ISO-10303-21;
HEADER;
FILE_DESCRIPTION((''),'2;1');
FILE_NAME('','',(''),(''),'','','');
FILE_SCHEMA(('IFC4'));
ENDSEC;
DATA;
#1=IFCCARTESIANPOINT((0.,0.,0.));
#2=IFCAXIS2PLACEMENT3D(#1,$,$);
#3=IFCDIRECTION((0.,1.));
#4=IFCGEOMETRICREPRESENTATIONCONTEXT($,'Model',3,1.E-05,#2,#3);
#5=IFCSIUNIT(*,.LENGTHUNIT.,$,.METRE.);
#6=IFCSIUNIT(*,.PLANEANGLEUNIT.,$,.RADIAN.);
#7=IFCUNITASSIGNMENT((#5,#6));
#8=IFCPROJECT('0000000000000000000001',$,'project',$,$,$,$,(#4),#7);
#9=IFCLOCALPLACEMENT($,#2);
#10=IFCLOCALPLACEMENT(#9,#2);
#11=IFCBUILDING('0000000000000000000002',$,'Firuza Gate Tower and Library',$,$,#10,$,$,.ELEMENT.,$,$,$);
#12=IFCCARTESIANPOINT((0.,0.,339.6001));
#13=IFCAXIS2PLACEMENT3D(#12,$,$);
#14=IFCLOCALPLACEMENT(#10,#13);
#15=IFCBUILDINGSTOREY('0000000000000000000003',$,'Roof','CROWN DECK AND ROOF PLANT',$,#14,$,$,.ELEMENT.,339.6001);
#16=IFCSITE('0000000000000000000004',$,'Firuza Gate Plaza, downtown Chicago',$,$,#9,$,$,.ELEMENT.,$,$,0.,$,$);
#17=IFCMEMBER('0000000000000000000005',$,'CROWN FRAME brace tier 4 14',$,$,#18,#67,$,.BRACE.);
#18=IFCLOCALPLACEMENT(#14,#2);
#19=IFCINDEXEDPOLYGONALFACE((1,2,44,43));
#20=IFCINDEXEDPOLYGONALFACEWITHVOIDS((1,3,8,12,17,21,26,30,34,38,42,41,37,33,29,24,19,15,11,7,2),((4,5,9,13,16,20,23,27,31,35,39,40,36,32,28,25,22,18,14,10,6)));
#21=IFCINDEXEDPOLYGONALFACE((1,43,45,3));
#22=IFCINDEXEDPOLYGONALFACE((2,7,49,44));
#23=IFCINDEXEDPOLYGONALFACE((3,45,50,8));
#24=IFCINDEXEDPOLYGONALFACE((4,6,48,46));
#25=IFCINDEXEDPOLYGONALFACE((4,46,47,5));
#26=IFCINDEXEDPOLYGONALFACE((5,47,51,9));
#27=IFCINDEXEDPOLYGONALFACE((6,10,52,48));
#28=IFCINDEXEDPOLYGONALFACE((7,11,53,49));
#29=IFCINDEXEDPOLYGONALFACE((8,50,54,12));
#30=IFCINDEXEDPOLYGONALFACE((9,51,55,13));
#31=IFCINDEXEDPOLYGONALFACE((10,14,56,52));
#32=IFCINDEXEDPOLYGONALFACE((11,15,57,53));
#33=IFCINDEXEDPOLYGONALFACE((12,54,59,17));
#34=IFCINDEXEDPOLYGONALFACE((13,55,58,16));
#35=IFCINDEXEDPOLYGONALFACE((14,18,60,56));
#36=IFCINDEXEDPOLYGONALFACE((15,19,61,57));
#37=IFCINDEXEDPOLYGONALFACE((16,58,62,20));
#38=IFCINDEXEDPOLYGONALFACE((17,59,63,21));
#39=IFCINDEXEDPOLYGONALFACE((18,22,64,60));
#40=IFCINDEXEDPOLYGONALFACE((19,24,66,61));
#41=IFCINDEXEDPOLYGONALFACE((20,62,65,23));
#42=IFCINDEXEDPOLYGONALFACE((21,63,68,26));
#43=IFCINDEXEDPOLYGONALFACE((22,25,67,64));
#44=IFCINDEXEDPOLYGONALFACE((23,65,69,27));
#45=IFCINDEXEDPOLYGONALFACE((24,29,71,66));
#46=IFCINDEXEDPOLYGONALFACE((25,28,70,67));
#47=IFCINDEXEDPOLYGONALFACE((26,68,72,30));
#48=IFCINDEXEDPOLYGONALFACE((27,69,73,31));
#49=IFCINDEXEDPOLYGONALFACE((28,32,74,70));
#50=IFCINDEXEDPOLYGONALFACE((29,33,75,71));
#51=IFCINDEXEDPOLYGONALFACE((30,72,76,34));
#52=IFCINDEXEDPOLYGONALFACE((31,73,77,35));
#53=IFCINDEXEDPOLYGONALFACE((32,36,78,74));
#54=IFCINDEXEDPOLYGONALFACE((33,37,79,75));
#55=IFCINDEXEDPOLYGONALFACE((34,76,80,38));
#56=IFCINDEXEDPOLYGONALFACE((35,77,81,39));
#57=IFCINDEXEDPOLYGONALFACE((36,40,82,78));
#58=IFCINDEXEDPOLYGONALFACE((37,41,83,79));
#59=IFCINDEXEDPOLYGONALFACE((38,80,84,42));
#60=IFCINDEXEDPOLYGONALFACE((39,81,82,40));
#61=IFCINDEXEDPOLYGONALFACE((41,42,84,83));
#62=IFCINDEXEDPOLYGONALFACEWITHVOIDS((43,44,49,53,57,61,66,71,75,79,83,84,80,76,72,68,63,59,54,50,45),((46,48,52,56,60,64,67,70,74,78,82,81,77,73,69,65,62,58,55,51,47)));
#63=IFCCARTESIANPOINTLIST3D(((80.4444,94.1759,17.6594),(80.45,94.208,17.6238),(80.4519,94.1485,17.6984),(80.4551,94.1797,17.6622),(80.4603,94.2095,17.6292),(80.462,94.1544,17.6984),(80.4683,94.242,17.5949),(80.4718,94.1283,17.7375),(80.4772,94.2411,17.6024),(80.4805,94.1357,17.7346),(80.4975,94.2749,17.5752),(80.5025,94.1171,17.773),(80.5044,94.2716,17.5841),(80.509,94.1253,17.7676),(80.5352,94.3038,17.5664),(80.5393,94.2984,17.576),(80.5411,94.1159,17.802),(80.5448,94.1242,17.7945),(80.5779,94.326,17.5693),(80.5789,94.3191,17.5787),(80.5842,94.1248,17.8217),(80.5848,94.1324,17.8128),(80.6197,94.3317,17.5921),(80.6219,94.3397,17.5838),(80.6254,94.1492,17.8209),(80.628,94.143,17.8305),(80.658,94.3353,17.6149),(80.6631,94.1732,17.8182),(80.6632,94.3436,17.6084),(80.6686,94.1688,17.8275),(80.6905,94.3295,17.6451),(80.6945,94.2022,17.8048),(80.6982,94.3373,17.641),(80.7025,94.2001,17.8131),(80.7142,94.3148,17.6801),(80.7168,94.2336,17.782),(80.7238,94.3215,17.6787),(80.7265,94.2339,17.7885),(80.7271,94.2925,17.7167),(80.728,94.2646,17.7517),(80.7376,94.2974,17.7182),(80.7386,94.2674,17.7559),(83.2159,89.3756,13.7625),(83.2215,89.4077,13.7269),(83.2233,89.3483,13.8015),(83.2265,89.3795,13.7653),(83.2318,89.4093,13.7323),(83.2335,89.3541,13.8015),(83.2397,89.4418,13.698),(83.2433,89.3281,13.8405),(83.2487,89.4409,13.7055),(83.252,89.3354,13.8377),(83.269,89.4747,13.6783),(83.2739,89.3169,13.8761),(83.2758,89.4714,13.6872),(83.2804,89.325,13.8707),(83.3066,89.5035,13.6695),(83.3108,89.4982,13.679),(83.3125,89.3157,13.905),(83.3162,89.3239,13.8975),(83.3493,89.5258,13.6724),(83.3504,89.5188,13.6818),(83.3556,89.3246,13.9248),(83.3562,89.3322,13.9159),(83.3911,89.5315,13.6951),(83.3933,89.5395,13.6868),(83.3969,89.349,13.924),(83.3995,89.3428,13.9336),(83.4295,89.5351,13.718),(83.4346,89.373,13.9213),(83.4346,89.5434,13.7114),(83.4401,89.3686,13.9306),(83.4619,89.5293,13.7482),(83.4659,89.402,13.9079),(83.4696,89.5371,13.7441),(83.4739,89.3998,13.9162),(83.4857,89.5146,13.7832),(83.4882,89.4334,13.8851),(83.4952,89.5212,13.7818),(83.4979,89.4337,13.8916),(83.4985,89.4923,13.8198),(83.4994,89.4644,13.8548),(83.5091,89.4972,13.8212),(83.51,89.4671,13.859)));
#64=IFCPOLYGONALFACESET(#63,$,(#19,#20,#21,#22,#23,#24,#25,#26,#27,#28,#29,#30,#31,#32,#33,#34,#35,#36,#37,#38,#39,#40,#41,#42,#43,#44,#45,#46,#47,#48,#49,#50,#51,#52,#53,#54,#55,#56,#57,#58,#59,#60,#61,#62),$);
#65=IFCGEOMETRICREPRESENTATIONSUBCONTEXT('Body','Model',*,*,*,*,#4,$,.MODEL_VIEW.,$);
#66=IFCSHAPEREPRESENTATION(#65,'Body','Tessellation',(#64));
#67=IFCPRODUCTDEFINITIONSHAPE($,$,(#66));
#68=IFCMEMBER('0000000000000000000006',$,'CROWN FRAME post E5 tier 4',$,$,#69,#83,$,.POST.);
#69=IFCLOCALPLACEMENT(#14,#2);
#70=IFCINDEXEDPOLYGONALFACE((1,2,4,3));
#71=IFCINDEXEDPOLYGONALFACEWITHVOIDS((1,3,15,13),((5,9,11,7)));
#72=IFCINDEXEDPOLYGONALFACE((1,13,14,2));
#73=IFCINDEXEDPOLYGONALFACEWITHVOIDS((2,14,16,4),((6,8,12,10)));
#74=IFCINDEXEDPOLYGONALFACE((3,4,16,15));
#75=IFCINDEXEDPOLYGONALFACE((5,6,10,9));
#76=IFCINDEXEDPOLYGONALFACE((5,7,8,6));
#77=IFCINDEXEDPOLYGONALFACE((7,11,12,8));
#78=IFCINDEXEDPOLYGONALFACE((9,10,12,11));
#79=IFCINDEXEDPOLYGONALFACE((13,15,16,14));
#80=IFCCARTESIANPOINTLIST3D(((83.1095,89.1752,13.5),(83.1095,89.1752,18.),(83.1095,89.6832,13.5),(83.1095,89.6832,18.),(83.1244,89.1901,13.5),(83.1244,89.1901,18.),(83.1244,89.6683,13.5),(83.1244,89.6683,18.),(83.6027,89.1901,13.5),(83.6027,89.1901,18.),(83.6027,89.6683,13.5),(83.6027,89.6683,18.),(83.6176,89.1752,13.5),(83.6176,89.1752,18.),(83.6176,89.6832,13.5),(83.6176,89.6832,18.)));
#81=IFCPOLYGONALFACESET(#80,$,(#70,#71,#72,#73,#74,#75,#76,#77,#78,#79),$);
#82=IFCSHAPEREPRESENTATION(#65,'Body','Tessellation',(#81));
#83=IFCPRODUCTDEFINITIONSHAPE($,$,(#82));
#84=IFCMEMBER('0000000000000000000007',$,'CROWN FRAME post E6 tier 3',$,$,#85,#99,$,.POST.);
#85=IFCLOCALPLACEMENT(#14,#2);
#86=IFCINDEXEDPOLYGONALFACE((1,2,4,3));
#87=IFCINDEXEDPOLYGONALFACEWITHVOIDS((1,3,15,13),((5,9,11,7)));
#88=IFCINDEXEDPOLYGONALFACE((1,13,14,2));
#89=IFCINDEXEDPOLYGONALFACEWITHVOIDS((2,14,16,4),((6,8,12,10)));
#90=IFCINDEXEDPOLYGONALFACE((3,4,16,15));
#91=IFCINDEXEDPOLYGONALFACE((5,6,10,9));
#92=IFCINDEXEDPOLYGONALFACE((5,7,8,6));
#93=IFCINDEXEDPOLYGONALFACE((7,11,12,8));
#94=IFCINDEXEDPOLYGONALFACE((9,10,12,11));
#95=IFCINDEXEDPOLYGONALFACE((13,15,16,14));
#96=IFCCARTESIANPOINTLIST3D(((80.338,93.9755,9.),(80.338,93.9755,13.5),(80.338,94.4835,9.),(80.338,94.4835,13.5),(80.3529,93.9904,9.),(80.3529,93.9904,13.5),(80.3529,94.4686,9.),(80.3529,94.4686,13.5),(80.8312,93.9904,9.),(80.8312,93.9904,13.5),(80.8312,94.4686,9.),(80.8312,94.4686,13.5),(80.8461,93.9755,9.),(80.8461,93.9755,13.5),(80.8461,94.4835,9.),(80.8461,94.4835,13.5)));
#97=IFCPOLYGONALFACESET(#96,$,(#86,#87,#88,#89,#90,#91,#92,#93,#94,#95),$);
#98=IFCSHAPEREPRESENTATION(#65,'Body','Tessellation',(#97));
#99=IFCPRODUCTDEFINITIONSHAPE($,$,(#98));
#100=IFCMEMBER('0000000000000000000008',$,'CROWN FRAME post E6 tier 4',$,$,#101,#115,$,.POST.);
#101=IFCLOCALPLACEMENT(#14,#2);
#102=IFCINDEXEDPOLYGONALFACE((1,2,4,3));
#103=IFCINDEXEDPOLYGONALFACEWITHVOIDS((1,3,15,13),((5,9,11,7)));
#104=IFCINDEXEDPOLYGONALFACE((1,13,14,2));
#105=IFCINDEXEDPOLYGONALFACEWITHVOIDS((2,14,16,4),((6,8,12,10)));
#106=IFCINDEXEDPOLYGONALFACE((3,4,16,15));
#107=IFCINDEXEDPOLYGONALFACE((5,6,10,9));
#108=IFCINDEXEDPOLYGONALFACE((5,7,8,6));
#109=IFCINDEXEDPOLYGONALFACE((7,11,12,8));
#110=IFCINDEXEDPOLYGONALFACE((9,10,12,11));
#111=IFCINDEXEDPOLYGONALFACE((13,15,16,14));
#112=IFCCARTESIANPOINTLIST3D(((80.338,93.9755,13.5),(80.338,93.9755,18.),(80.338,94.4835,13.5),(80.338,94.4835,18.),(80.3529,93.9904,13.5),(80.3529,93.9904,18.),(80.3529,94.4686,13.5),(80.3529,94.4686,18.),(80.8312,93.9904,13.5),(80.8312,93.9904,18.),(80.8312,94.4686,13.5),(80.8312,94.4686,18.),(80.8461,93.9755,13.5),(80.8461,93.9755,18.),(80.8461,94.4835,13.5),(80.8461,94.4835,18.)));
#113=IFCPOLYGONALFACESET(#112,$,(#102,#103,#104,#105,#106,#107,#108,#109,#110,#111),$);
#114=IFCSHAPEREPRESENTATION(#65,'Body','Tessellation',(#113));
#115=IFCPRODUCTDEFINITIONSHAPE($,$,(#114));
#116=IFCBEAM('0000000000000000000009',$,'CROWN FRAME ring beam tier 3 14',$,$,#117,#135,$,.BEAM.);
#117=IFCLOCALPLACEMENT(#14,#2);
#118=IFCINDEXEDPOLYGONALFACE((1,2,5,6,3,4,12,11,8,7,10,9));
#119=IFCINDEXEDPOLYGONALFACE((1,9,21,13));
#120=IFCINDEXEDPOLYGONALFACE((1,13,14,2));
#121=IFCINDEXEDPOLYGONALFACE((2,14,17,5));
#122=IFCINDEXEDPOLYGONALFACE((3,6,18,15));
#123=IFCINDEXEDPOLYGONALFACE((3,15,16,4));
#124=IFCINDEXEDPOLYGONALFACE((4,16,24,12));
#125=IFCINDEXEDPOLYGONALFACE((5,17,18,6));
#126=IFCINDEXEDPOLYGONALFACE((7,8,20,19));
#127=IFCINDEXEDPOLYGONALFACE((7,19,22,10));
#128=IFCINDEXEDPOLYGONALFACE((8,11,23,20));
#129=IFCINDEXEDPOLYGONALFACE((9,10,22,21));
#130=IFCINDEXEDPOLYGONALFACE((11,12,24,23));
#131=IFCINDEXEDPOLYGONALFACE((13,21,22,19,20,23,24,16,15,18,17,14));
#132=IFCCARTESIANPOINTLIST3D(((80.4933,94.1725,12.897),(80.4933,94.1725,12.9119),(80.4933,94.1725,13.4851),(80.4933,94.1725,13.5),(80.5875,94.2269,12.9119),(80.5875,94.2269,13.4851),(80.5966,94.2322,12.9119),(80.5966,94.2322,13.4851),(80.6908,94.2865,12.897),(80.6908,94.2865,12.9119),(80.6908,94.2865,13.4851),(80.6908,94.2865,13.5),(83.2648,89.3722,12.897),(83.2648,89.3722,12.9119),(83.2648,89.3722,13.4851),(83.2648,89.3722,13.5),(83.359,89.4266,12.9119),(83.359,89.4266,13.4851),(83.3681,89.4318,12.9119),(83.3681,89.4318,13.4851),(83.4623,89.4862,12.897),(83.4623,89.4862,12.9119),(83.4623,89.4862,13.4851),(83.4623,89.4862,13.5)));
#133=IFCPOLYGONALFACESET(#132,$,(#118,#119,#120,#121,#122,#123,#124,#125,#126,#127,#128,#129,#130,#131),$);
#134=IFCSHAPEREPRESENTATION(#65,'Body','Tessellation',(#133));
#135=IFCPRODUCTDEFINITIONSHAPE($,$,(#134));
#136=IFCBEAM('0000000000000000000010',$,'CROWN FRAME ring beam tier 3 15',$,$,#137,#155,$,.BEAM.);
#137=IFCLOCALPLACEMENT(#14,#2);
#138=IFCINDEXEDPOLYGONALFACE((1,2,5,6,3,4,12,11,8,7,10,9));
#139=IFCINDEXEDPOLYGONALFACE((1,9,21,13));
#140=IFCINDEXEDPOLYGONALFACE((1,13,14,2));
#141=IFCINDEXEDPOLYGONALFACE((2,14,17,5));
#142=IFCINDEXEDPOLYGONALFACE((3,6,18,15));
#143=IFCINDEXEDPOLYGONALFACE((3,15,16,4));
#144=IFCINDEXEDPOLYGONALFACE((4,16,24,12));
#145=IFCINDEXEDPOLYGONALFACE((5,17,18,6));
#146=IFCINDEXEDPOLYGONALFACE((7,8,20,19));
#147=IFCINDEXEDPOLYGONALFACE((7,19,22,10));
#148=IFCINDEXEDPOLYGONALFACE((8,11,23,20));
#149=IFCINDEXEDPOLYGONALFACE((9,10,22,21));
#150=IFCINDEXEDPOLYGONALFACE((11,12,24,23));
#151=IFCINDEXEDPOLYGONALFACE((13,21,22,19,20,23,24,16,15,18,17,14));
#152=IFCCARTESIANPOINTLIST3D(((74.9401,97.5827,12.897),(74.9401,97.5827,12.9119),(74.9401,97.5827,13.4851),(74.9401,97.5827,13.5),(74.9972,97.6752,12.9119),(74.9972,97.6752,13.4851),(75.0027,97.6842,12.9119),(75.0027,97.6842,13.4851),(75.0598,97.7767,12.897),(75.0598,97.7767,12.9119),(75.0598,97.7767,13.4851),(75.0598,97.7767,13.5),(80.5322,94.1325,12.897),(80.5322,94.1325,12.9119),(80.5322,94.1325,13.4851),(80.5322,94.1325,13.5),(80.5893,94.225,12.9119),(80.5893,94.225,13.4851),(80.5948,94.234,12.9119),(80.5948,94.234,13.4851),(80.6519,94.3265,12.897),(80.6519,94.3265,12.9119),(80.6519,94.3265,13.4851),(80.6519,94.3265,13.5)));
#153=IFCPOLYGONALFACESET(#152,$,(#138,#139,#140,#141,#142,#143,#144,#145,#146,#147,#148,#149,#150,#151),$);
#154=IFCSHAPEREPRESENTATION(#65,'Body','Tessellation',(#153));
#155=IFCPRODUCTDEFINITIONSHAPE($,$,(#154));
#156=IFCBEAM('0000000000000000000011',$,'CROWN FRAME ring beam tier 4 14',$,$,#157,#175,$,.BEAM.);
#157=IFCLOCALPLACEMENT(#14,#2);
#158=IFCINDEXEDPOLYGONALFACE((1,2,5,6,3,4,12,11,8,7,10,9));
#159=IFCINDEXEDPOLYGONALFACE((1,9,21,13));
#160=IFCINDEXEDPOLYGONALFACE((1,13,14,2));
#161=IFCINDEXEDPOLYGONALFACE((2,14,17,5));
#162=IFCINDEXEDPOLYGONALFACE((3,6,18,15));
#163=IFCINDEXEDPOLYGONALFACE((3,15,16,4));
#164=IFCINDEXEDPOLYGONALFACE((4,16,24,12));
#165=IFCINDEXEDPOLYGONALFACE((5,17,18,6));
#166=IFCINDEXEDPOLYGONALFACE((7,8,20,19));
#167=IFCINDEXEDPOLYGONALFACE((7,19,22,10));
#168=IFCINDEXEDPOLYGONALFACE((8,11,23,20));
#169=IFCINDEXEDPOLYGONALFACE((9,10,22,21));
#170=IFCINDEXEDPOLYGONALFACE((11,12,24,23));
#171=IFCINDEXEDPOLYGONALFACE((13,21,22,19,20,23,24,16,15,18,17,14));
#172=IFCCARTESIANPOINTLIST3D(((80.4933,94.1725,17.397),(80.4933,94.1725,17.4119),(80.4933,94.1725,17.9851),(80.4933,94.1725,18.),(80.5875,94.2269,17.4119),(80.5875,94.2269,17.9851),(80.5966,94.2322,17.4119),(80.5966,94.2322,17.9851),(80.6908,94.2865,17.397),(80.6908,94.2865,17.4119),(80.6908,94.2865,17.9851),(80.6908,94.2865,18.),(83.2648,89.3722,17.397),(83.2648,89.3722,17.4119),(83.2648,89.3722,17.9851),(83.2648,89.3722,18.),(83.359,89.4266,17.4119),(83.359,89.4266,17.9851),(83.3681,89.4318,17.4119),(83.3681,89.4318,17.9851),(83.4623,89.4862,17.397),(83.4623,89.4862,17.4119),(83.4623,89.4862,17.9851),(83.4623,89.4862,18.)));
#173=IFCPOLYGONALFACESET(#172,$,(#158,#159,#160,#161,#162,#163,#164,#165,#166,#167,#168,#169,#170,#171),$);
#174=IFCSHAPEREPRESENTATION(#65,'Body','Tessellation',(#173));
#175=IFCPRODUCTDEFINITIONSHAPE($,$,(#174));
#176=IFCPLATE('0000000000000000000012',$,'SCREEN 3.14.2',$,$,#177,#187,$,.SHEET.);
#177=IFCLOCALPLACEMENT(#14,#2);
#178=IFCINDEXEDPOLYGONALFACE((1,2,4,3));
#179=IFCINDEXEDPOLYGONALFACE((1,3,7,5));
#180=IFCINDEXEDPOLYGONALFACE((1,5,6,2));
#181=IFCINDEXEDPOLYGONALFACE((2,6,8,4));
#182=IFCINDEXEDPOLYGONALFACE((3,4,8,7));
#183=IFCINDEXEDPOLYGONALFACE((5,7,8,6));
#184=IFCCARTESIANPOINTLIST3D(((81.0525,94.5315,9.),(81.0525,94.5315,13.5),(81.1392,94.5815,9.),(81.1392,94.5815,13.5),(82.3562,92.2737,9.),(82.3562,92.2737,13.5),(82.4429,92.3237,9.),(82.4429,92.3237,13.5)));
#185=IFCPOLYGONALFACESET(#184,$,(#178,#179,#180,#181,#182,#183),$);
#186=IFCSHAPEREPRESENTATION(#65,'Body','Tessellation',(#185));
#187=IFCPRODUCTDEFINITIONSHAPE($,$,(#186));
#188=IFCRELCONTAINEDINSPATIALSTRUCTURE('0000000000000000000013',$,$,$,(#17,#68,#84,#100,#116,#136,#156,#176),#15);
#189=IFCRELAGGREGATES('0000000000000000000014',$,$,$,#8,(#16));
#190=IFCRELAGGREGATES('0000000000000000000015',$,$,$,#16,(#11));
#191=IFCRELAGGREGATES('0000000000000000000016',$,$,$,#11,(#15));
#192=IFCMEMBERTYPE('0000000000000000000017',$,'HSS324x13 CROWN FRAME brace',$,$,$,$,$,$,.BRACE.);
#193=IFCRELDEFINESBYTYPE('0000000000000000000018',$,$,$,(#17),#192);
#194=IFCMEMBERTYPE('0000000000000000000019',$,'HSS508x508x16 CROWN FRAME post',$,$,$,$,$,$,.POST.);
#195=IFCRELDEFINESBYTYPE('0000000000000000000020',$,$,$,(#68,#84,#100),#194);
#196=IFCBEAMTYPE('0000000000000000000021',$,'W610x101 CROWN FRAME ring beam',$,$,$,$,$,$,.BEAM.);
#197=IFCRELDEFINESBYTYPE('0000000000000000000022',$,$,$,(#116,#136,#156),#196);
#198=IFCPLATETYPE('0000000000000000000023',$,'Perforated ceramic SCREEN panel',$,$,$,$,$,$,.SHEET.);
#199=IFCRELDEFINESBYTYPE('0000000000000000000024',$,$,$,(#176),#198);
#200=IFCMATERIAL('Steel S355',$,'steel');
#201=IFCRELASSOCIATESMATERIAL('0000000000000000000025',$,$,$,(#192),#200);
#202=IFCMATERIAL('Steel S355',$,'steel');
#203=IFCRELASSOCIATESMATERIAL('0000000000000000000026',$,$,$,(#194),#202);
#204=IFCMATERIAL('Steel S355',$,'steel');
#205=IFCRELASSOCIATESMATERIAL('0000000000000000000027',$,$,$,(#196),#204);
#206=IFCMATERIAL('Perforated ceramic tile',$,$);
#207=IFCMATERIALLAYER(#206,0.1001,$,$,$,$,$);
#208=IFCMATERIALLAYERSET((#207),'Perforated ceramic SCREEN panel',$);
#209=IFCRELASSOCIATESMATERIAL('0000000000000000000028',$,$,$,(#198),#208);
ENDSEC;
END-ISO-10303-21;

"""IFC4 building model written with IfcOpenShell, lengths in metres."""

from ifc_helpers import new_model, si_unit, direction, frame, origin, origin_2d, place, context, subcontext, project, spatial, polyline, hollow_rectangle, hollow_circle, i_section, outline, extrude, material, layer, layer_set, material_profile, profile_set, type_object, element, save


model = new_model("IFC4")

# Units and contexts
model_context = context("Model", 3, precision=1e-05, world=origin(), true_north=direction((0.0, 1.0)))
body_context = subcontext(model_context, "Body", "Model", "MODEL_VIEW")
ifc_project = project(units=[si_unit("LENGTHUNIT", "METRE"), si_unit("PLANEANGLEUNIT", "RADIAN")], contexts=[model_context])

# Site, building, storey
site_placement = place(None, origin())
site = spatial("IfcSite", under=ifc_project, at=site_placement, Name="Firuza Gate Plaza, downtown Chicago", CompositionType="ELEMENT", RefElevation=0.0)
building_placement = place(site_placement, origin())
building = spatial("IfcBuilding", under=site, at=building_placement, Name="Firuza Gate Tower and Library", CompositionType="ELEMENT")
storey_placement = place(building_placement, frame((0.0, 0.0, 339.6001)))
storey = spatial("IfcBuildingStorey", under=building, at=storey_placement, Name="Roof", Description="CROWN DECK AND ROOF PLANT", CompositionType="ELEMENT", Elevation=339.6001)

# Members
ifc_material_1 = material(Name="Steel S355", Category="steel")
ifc_material_profile_1 = material_profile(ifc_material_1, hollow_circle(Radius=0.1619, WallThickness=0.0117, at=origin_2d()))
ifc_profile_set_1 = profile_set([ifc_material_profile_1], Name="Steel S355")
member_type_1 = type_object("IfcMemberType", Name="HSS324x13 CROWN FRAME brace", PredefinedType="BRACE", material=ifc_profile_set_1)
for number, where, z_axis, x_axis, name in (
    (1, (83.3635, 89.4292, 13.8015), (-0.409032, 0.708455, 0.575138), (-0.866023, -0.500005, 0.0), "CROWN FRAME brace tier 4 14"),
):
    element("IfcMember", number, at=place(storey_placement, frame(where, z_axis=z_axis, x_axis=x_axis)), inside=storey, type_object=member_type_1, Name=name, PredefinedType="BRACE", context=body_context, shape_type="SweptSolid", body=[
        extrude(hollow_circle(Radius=0.1619, WallThickness=0.0117, at=origin_2d()), origin(), (0.0, 0.0, 1.0), 6.7756),
    ])
ifc_material_2 = material(Name="Steel S355", Category="steel")
ifc_material_profile_2 = material_profile(ifc_material_2, hollow_rectangle(XDim=0.5081, YDim=0.5081, WallThickness=0.0149, at=origin_2d()))
ifc_profile_set_2 = profile_set([ifc_material_profile_2], Name="Steel S355")
member_type_2 = type_object("IfcMemberType", Name="HSS508x508x16 CROWN FRAME post", PredefinedType="POST", material=ifc_profile_set_2)
for number, where, z_axis, x_axis, name in (
    (2, (83.3635, 89.4292, 13.5), (0.0, 0.0, 1.0), (1.0, 0.0, 0.0), "CROWN FRAME post E5 tier 4"),
    (3, (80.592, 94.2295, 9.0), (0.0, 0.0, 1.0), (1.0, 0.0, 0.0), "CROWN FRAME post E6 tier 3"),
    (4, (80.592, 94.2295, 13.5), (0.0, 0.0, 1.0), (1.0, 0.0, 0.0), "CROWN FRAME post E6 tier 4"),
):
    element("IfcMember", number, at=place(storey_placement, frame(where, z_axis=z_axis, x_axis=x_axis)), inside=storey, type_object=member_type_2, Name=name, PredefinedType="POST", context=body_context, shape_type="SweptSolid", body=[
        extrude(hollow_rectangle(XDim=0.5081, YDim=0.5081, WallThickness=0.0149, at=origin_2d()), origin(), (0.0, 0.0, 1.0), 4.5),
    ])

# Beams
ifc_material_3 = material(Name="Steel S355", Category="steel")
ifc_material_profile_3 = material_profile(ifc_material_3, i_section(OverallWidth=0.228, OverallDepth=0.603, WebThickness=0.0105, FlangeThickness=0.0149, at=origin_2d()))
ifc_profile_set_3 = profile_set([ifc_material_profile_3], Name="Steel S355")
beam_type = type_object("IfcBeamType", Name="W610x101 CROWN FRAME ring beam", PredefinedType="BEAM", material=ifc_profile_set_3)
beam_1_placement = place(storey_placement, frame((83.3635, 89.4292, 13.1985), z_axis=(-0.500005, 0.866023, 0.0), x_axis=(-0.866023, -0.500005, 0.0)))
element("IfcBeam", 5, at=beam_1_placement, inside=storey, type_object=beam_type, Name="CROWN FRAME ring beam tier 3 14", PredefinedType="BEAM", context=body_context, shape_type="SweptSolid", body=[
    extrude(i_section(OverallWidth=0.228, OverallDepth=0.603, WebThickness=0.0105, FlangeThickness=0.0149, at=origin_2d()), origin(), (0.0, 0.0, 1.0), 5.543),
])
beam_2_placement = place(storey_placement, frame((80.592, 94.2295, 13.1985), z_axis=(-0.85105, 0.525084, 0.0), x_axis=(-0.525084, -0.85105, 0.0)))
element("IfcBeam", 6, at=beam_2_placement, inside=storey, type_object=beam_type, Name="CROWN FRAME ring beam tier 3 15", PredefinedType="BEAM", context=body_context, shape_type="SweptSolid", body=[
    extrude(i_section(OverallWidth=0.228, OverallDepth=0.603, WebThickness=0.0105, FlangeThickness=0.0149, at=origin_2d()), origin(), (0.0, 0.0, 1.0), 6.5708),
])
beam_3_placement = place(storey_placement, frame((83.3635, 89.4292, 17.6985), z_axis=(-0.500005, 0.866023, 0.0), x_axis=(-0.866023, -0.500005, 0.0)))
element("IfcBeam", 7, at=beam_3_placement, inside=storey, type_object=beam_type, Name="CROWN FRAME ring beam tier 4 14", PredefinedType="BEAM", context=body_context, shape_type="SweptSolid", body=[
    extrude(i_section(OverallWidth=0.228, OverallDepth=0.603, WebThickness=0.0105, FlangeThickness=0.0149, at=origin_2d()), origin(), (0.0, 0.0, 1.0), 5.543),
])

# Plate
ifc_material_4 = material(Name="Perforated ceramic tile")
ifc_layer_1 = layer(ifc_material_4, 0.1001)
ifc_layer_set_1 = layer_set([ifc_layer_1], Name="Perforated ceramic SCREEN panel")
plate_type_1 = type_object("IfcPlateType", Name="Perforated ceramic SCREEN panel", PredefinedType="SHEET", material=ifc_layer_set_1)
plate_1_placement = place(storey_placement, frame((82.4429, 92.3237, 9.0), z_axis=(0.865998, 0.500047, 0.0), x_axis=(-0.500047, 0.865998, 0.0)))
element("IfcPlate", 8, at=plate_1_placement, inside=storey, type_object=plate_type_1, Name="SCREEN 3.14.2", PredefinedType="SHEET", context=body_context, shape_type="SweptSolid", body=[
    extrude(outline(polyline([(0.0, 0.0), (2.6072, 0.0), (2.6072, 4.5), (0.0, 4.5), (0.0, 0.0)])), origin(), (0.0, 0.0, -1.0), 0.1001),
])

save(model, "model.ifc")
